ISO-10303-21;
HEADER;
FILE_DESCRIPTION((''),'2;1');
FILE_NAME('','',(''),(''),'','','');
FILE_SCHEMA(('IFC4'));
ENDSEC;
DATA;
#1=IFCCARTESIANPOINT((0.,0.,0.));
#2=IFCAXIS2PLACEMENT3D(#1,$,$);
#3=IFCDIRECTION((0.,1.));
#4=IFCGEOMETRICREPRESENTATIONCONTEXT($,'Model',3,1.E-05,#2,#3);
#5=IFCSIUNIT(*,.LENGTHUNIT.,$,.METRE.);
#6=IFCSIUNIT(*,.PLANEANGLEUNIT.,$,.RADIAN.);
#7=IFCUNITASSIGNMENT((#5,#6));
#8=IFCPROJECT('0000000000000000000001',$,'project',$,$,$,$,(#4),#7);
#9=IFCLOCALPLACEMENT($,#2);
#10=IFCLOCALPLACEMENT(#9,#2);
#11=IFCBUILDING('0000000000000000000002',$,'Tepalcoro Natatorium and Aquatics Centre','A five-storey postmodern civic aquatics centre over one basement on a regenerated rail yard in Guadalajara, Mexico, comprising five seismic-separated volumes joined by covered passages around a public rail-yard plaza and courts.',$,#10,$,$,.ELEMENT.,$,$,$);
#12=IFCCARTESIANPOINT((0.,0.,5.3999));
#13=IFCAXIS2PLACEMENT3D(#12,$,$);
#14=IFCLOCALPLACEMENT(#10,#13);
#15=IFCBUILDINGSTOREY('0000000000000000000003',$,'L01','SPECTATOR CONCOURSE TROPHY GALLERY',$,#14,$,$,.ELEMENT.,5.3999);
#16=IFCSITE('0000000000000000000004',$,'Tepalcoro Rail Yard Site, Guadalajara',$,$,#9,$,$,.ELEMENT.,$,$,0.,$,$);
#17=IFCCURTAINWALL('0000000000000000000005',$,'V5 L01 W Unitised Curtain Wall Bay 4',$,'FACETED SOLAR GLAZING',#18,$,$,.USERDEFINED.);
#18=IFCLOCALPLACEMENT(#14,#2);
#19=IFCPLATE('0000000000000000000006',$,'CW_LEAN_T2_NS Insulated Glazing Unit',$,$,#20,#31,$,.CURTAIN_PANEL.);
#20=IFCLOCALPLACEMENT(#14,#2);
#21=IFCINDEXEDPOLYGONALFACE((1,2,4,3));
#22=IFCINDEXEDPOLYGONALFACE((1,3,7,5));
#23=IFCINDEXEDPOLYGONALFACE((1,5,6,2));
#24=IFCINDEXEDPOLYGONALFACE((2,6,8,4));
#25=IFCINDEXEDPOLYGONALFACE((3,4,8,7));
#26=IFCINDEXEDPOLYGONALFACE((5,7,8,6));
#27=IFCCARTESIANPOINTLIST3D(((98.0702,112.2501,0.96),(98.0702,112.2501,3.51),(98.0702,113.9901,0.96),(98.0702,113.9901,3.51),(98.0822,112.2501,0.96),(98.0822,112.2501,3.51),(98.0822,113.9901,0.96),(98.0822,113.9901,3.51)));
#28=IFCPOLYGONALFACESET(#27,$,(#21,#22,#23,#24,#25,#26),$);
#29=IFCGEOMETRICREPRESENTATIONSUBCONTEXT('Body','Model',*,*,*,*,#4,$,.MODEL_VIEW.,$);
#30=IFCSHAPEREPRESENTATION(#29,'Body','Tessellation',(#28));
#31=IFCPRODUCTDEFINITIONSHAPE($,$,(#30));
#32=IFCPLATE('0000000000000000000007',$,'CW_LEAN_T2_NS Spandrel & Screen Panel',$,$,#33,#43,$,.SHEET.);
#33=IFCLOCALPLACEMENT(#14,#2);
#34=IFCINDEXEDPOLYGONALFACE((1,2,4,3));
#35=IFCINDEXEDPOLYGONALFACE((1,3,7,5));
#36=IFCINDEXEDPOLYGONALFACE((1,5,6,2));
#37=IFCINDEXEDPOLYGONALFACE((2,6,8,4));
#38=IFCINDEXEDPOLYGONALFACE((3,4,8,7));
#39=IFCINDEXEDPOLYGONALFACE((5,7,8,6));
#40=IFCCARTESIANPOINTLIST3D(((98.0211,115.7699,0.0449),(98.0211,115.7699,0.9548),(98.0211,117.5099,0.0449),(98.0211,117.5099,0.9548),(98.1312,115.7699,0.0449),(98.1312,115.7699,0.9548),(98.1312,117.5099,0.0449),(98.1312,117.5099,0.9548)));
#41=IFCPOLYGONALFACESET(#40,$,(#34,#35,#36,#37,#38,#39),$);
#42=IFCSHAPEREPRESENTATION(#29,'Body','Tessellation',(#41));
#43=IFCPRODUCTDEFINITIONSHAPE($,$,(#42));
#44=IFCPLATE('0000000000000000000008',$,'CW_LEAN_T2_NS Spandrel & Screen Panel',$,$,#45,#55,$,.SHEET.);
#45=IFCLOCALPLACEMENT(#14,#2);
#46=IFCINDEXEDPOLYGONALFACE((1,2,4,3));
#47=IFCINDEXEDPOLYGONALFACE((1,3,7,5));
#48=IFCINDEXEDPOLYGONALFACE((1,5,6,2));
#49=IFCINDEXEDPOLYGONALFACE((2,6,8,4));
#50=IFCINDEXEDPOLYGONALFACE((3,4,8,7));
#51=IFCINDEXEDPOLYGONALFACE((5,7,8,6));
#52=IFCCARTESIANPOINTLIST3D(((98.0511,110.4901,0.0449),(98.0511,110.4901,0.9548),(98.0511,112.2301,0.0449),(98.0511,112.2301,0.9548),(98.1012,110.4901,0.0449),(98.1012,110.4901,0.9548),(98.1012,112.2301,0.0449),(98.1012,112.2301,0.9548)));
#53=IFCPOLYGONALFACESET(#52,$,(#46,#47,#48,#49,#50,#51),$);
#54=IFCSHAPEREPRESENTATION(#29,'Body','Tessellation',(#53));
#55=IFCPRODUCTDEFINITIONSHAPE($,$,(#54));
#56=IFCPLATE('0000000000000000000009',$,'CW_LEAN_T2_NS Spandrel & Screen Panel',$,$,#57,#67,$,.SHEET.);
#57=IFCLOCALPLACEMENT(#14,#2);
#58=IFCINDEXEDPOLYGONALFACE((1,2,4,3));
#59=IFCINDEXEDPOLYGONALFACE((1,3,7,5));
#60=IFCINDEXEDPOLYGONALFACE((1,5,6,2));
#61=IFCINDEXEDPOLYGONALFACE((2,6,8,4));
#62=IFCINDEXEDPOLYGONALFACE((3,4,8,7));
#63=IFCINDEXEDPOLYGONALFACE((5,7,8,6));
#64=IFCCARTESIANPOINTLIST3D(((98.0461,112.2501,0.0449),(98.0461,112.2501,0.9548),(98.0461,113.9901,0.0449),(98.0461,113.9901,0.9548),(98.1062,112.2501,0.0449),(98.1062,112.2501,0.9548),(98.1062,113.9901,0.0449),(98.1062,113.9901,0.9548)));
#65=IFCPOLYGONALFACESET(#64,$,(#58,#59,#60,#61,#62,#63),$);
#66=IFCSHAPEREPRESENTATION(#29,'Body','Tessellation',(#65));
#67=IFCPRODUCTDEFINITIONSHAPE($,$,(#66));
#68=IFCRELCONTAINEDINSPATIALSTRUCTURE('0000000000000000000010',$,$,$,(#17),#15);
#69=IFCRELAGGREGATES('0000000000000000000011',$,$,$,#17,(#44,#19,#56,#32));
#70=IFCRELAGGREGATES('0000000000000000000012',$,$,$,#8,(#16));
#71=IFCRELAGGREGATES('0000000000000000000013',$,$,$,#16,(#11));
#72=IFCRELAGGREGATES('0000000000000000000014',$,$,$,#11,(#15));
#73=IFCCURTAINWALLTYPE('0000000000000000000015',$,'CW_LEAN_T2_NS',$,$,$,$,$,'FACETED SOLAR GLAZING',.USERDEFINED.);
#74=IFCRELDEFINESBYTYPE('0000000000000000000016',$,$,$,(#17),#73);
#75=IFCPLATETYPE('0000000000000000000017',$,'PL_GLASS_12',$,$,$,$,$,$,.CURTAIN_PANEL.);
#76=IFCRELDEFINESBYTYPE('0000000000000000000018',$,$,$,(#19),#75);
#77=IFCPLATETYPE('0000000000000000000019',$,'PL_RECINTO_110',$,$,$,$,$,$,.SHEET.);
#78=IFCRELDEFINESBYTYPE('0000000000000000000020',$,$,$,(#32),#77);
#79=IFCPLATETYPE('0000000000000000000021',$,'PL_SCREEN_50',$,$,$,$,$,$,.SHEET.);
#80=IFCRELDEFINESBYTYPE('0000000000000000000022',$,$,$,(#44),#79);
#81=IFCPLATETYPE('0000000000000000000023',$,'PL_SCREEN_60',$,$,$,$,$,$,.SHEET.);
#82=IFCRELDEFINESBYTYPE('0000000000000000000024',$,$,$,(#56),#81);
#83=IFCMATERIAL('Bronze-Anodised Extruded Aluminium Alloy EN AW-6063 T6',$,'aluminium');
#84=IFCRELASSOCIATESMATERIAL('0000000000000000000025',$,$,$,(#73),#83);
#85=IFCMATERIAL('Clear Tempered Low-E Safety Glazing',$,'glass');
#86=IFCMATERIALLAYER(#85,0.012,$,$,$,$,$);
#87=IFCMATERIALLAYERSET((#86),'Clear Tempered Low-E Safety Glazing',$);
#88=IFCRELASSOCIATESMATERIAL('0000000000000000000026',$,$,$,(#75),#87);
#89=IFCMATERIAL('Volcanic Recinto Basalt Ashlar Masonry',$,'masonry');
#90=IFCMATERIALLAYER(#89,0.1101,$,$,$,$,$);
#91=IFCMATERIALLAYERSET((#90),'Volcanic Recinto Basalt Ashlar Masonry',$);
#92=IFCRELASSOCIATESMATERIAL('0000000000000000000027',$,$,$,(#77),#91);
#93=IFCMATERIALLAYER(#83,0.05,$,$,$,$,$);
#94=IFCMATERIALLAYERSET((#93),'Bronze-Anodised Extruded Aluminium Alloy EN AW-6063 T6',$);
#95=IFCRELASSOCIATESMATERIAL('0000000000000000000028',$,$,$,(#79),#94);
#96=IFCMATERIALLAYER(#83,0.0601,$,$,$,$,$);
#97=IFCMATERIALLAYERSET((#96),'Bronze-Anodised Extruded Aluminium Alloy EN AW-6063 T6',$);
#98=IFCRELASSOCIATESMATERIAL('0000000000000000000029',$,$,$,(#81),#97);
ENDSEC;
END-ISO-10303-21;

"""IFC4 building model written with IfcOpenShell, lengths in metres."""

from ifc_helpers import new_model, si_unit, direction, frame, origin, origin_2d, place, context, subcontext, project, spatial, rectangle, extrude, material, layer, layer_set, type_object, element, aggregate, save


model = new_model("IFC4")

# Units and contexts
model_context = context("Model", 3, precision=1e-05, world=origin(), true_north=direction((0.0, 1.0)))
body_context = subcontext(model_context, "Body", "Model", "MODEL_VIEW")
ifc_project = project(units=[si_unit("LENGTHUNIT", "METRE"), si_unit("PLANEANGLEUNIT", "RADIAN")], contexts=[model_context])

# Site, building, storey
site_placement = place(None, origin())
site = spatial("IfcSite", under=ifc_project, at=site_placement, Name="Tepalcoro Rail Yard Site, Guadalajara", CompositionType="ELEMENT", RefElevation=0.0)
building_placement = place(site_placement, origin())
building = spatial("IfcBuilding", under=site, at=building_placement, Name="Tepalcoro Natatorium and Aquatics Centre", Description="A five-storey postmodern civic aquatics centre over one basement on a regenerated rail yard in Guadalajara, Mexico, comprising five seismic-separated volumes joined by covered passages around a public rail-yard plaza and courts.", CompositionType="ELEMENT")
storey_placement = place(building_placement, frame((0.0, 0.0, 5.3999)))
storey = spatial("IfcBuildingStorey", under=building, at=storey_placement, Name="L01", Description="SPECTATOR CONCOURSE TROPHY GALLERY", CompositionType="ELEMENT", Elevation=5.3999)

# Shared definitions
ifc_material_1 = material(Name="Bronze-Anodised Extruded Aluminium Alloy EN AW-6063 T6", Category="aluminium")

# Curtain wall
curtain_wall_type_1 = type_object("IfcCurtainWallType", Name="CW_LEAN_T2_NS", ElementType="FACETED SOLAR GLAZING", PredefinedType="USERDEFINED", material=ifc_material_1)
curtain_wall_1_placement = place(storey_placement, origin())
curtain_wall_1 = element("IfcCurtainWall", 1, at=curtain_wall_1_placement, inside=storey, type_object=curtain_wall_type_1, Name="V5 L01 W Unitised Curtain Wall Bay 4", ObjectType="FACETED SOLAR GLAZING", PredefinedType="USERDEFINED")

# Plates
ifc_material_2 = material(Name="Clear Tempered Low-E Safety Glazing", Category="glass")
ifc_layer_1 = layer(ifc_material_2, 0.012)
ifc_layer_set_1 = layer_set([ifc_layer_1], Name="Clear Tempered Low-E Safety Glazing")
plate_type_1 = type_object("IfcPlateType", Name="PL_GLASS_12", PredefinedType="CURTAIN_PANEL", material=ifc_layer_set_1)
plate_1_placement = place(storey_placement, frame((98.0762, 113.1201, 0.96), z_axis=(0.0, 0.0, 1.0), x_axis=(1.0, 0.0, 0.0)))
plate_1 = element("IfcPlate", 2, at=plate_1_placement, type_object=plate_type_1, Name="CW_LEAN_T2_NS Insulated Glazing Unit", PredefinedType="CURTAIN_PANEL", context=body_context, shape_type="SweptSolid", body=[
    extrude(rectangle(XDim=0.012, YDim=1.74, at=origin_2d()), origin(), (0.0, 0.0, 1.0), 2.55),
])
ifc_material_3 = material(Name="Volcanic Recinto Basalt Ashlar Masonry", Category="masonry")
ifc_layer_2 = layer(ifc_material_3, 0.1101)
ifc_layer_set_2 = layer_set([ifc_layer_2], Name="Volcanic Recinto Basalt Ashlar Masonry")
plate_type_2 = type_object("IfcPlateType", Name="PL_RECINTO_110", PredefinedType="SHEET", material=ifc_layer_set_2)
plate_2_placement = place(storey_placement, frame((98.0762, 116.6399, 0.0449), z_axis=(0.0, 0.0, 1.0), x_axis=(1.0, 0.0, 0.0)))
plate_2 = element("IfcPlate", 3, at=plate_2_placement, type_object=plate_type_2, Name="CW_LEAN_T2_NS Spandrel & Screen Panel", PredefinedType="SHEET", context=body_context, shape_type="SweptSolid", body=[
    extrude(rectangle(XDim=0.1101, YDim=1.74, at=origin_2d()), origin(), (0.0, 0.0, 1.0), 0.9099),
])
ifc_layer_3 = layer(ifc_material_1, 0.05)
ifc_layer_set_3 = layer_set([ifc_layer_3], Name="Bronze-Anodised Extruded Aluminium Alloy EN AW-6063 T6")
plate_type_3 = type_object("IfcPlateType", Name="PL_SCREEN_50", PredefinedType="SHEET", material=ifc_layer_set_3)
plate_3_placement = place(storey_placement, frame((98.0762, 111.3601, 0.0449), z_axis=(0.0, 0.0, 1.0), x_axis=(1.0, 0.0, 0.0)))
plate_3 = element("IfcPlate", 4, at=plate_3_placement, type_object=plate_type_3, Name="CW_LEAN_T2_NS Spandrel & Screen Panel", PredefinedType="SHEET", context=body_context, shape_type="SweptSolid", body=[
    extrude(rectangle(XDim=0.05, YDim=1.74, at=origin_2d()), origin(), (0.0, 0.0, 1.0), 0.9099),
])
ifc_layer_4 = layer(ifc_material_1, 0.0601)
ifc_layer_set_4 = layer_set([ifc_layer_4], Name="Bronze-Anodised Extruded Aluminium Alloy EN AW-6063 T6")
plate_type_4 = type_object("IfcPlateType", Name="PL_SCREEN_60", PredefinedType="SHEET", material=ifc_layer_set_4)
plate_4_placement = place(storey_placement, frame((98.0762, 113.1201, 0.0449), z_axis=(0.0, 0.0, 1.0), x_axis=(1.0, 0.0, 0.0)))
plate_4 = element("IfcPlate", 5, at=plate_4_placement, type_object=plate_type_4, Name="CW_LEAN_T2_NS Spandrel & Screen Panel", PredefinedType="SHEET", context=body_context, shape_type="SweptSolid", body=[
    extrude(rectangle(XDim=0.0601, YDim=1.74, at=origin_2d()), origin(), (0.0, 0.0, 1.0), 0.9099),
])
aggregate(curtain_wall_1, [plate_3, plate_1, plate_4, plate_2])

save(model, "model.ifc")
